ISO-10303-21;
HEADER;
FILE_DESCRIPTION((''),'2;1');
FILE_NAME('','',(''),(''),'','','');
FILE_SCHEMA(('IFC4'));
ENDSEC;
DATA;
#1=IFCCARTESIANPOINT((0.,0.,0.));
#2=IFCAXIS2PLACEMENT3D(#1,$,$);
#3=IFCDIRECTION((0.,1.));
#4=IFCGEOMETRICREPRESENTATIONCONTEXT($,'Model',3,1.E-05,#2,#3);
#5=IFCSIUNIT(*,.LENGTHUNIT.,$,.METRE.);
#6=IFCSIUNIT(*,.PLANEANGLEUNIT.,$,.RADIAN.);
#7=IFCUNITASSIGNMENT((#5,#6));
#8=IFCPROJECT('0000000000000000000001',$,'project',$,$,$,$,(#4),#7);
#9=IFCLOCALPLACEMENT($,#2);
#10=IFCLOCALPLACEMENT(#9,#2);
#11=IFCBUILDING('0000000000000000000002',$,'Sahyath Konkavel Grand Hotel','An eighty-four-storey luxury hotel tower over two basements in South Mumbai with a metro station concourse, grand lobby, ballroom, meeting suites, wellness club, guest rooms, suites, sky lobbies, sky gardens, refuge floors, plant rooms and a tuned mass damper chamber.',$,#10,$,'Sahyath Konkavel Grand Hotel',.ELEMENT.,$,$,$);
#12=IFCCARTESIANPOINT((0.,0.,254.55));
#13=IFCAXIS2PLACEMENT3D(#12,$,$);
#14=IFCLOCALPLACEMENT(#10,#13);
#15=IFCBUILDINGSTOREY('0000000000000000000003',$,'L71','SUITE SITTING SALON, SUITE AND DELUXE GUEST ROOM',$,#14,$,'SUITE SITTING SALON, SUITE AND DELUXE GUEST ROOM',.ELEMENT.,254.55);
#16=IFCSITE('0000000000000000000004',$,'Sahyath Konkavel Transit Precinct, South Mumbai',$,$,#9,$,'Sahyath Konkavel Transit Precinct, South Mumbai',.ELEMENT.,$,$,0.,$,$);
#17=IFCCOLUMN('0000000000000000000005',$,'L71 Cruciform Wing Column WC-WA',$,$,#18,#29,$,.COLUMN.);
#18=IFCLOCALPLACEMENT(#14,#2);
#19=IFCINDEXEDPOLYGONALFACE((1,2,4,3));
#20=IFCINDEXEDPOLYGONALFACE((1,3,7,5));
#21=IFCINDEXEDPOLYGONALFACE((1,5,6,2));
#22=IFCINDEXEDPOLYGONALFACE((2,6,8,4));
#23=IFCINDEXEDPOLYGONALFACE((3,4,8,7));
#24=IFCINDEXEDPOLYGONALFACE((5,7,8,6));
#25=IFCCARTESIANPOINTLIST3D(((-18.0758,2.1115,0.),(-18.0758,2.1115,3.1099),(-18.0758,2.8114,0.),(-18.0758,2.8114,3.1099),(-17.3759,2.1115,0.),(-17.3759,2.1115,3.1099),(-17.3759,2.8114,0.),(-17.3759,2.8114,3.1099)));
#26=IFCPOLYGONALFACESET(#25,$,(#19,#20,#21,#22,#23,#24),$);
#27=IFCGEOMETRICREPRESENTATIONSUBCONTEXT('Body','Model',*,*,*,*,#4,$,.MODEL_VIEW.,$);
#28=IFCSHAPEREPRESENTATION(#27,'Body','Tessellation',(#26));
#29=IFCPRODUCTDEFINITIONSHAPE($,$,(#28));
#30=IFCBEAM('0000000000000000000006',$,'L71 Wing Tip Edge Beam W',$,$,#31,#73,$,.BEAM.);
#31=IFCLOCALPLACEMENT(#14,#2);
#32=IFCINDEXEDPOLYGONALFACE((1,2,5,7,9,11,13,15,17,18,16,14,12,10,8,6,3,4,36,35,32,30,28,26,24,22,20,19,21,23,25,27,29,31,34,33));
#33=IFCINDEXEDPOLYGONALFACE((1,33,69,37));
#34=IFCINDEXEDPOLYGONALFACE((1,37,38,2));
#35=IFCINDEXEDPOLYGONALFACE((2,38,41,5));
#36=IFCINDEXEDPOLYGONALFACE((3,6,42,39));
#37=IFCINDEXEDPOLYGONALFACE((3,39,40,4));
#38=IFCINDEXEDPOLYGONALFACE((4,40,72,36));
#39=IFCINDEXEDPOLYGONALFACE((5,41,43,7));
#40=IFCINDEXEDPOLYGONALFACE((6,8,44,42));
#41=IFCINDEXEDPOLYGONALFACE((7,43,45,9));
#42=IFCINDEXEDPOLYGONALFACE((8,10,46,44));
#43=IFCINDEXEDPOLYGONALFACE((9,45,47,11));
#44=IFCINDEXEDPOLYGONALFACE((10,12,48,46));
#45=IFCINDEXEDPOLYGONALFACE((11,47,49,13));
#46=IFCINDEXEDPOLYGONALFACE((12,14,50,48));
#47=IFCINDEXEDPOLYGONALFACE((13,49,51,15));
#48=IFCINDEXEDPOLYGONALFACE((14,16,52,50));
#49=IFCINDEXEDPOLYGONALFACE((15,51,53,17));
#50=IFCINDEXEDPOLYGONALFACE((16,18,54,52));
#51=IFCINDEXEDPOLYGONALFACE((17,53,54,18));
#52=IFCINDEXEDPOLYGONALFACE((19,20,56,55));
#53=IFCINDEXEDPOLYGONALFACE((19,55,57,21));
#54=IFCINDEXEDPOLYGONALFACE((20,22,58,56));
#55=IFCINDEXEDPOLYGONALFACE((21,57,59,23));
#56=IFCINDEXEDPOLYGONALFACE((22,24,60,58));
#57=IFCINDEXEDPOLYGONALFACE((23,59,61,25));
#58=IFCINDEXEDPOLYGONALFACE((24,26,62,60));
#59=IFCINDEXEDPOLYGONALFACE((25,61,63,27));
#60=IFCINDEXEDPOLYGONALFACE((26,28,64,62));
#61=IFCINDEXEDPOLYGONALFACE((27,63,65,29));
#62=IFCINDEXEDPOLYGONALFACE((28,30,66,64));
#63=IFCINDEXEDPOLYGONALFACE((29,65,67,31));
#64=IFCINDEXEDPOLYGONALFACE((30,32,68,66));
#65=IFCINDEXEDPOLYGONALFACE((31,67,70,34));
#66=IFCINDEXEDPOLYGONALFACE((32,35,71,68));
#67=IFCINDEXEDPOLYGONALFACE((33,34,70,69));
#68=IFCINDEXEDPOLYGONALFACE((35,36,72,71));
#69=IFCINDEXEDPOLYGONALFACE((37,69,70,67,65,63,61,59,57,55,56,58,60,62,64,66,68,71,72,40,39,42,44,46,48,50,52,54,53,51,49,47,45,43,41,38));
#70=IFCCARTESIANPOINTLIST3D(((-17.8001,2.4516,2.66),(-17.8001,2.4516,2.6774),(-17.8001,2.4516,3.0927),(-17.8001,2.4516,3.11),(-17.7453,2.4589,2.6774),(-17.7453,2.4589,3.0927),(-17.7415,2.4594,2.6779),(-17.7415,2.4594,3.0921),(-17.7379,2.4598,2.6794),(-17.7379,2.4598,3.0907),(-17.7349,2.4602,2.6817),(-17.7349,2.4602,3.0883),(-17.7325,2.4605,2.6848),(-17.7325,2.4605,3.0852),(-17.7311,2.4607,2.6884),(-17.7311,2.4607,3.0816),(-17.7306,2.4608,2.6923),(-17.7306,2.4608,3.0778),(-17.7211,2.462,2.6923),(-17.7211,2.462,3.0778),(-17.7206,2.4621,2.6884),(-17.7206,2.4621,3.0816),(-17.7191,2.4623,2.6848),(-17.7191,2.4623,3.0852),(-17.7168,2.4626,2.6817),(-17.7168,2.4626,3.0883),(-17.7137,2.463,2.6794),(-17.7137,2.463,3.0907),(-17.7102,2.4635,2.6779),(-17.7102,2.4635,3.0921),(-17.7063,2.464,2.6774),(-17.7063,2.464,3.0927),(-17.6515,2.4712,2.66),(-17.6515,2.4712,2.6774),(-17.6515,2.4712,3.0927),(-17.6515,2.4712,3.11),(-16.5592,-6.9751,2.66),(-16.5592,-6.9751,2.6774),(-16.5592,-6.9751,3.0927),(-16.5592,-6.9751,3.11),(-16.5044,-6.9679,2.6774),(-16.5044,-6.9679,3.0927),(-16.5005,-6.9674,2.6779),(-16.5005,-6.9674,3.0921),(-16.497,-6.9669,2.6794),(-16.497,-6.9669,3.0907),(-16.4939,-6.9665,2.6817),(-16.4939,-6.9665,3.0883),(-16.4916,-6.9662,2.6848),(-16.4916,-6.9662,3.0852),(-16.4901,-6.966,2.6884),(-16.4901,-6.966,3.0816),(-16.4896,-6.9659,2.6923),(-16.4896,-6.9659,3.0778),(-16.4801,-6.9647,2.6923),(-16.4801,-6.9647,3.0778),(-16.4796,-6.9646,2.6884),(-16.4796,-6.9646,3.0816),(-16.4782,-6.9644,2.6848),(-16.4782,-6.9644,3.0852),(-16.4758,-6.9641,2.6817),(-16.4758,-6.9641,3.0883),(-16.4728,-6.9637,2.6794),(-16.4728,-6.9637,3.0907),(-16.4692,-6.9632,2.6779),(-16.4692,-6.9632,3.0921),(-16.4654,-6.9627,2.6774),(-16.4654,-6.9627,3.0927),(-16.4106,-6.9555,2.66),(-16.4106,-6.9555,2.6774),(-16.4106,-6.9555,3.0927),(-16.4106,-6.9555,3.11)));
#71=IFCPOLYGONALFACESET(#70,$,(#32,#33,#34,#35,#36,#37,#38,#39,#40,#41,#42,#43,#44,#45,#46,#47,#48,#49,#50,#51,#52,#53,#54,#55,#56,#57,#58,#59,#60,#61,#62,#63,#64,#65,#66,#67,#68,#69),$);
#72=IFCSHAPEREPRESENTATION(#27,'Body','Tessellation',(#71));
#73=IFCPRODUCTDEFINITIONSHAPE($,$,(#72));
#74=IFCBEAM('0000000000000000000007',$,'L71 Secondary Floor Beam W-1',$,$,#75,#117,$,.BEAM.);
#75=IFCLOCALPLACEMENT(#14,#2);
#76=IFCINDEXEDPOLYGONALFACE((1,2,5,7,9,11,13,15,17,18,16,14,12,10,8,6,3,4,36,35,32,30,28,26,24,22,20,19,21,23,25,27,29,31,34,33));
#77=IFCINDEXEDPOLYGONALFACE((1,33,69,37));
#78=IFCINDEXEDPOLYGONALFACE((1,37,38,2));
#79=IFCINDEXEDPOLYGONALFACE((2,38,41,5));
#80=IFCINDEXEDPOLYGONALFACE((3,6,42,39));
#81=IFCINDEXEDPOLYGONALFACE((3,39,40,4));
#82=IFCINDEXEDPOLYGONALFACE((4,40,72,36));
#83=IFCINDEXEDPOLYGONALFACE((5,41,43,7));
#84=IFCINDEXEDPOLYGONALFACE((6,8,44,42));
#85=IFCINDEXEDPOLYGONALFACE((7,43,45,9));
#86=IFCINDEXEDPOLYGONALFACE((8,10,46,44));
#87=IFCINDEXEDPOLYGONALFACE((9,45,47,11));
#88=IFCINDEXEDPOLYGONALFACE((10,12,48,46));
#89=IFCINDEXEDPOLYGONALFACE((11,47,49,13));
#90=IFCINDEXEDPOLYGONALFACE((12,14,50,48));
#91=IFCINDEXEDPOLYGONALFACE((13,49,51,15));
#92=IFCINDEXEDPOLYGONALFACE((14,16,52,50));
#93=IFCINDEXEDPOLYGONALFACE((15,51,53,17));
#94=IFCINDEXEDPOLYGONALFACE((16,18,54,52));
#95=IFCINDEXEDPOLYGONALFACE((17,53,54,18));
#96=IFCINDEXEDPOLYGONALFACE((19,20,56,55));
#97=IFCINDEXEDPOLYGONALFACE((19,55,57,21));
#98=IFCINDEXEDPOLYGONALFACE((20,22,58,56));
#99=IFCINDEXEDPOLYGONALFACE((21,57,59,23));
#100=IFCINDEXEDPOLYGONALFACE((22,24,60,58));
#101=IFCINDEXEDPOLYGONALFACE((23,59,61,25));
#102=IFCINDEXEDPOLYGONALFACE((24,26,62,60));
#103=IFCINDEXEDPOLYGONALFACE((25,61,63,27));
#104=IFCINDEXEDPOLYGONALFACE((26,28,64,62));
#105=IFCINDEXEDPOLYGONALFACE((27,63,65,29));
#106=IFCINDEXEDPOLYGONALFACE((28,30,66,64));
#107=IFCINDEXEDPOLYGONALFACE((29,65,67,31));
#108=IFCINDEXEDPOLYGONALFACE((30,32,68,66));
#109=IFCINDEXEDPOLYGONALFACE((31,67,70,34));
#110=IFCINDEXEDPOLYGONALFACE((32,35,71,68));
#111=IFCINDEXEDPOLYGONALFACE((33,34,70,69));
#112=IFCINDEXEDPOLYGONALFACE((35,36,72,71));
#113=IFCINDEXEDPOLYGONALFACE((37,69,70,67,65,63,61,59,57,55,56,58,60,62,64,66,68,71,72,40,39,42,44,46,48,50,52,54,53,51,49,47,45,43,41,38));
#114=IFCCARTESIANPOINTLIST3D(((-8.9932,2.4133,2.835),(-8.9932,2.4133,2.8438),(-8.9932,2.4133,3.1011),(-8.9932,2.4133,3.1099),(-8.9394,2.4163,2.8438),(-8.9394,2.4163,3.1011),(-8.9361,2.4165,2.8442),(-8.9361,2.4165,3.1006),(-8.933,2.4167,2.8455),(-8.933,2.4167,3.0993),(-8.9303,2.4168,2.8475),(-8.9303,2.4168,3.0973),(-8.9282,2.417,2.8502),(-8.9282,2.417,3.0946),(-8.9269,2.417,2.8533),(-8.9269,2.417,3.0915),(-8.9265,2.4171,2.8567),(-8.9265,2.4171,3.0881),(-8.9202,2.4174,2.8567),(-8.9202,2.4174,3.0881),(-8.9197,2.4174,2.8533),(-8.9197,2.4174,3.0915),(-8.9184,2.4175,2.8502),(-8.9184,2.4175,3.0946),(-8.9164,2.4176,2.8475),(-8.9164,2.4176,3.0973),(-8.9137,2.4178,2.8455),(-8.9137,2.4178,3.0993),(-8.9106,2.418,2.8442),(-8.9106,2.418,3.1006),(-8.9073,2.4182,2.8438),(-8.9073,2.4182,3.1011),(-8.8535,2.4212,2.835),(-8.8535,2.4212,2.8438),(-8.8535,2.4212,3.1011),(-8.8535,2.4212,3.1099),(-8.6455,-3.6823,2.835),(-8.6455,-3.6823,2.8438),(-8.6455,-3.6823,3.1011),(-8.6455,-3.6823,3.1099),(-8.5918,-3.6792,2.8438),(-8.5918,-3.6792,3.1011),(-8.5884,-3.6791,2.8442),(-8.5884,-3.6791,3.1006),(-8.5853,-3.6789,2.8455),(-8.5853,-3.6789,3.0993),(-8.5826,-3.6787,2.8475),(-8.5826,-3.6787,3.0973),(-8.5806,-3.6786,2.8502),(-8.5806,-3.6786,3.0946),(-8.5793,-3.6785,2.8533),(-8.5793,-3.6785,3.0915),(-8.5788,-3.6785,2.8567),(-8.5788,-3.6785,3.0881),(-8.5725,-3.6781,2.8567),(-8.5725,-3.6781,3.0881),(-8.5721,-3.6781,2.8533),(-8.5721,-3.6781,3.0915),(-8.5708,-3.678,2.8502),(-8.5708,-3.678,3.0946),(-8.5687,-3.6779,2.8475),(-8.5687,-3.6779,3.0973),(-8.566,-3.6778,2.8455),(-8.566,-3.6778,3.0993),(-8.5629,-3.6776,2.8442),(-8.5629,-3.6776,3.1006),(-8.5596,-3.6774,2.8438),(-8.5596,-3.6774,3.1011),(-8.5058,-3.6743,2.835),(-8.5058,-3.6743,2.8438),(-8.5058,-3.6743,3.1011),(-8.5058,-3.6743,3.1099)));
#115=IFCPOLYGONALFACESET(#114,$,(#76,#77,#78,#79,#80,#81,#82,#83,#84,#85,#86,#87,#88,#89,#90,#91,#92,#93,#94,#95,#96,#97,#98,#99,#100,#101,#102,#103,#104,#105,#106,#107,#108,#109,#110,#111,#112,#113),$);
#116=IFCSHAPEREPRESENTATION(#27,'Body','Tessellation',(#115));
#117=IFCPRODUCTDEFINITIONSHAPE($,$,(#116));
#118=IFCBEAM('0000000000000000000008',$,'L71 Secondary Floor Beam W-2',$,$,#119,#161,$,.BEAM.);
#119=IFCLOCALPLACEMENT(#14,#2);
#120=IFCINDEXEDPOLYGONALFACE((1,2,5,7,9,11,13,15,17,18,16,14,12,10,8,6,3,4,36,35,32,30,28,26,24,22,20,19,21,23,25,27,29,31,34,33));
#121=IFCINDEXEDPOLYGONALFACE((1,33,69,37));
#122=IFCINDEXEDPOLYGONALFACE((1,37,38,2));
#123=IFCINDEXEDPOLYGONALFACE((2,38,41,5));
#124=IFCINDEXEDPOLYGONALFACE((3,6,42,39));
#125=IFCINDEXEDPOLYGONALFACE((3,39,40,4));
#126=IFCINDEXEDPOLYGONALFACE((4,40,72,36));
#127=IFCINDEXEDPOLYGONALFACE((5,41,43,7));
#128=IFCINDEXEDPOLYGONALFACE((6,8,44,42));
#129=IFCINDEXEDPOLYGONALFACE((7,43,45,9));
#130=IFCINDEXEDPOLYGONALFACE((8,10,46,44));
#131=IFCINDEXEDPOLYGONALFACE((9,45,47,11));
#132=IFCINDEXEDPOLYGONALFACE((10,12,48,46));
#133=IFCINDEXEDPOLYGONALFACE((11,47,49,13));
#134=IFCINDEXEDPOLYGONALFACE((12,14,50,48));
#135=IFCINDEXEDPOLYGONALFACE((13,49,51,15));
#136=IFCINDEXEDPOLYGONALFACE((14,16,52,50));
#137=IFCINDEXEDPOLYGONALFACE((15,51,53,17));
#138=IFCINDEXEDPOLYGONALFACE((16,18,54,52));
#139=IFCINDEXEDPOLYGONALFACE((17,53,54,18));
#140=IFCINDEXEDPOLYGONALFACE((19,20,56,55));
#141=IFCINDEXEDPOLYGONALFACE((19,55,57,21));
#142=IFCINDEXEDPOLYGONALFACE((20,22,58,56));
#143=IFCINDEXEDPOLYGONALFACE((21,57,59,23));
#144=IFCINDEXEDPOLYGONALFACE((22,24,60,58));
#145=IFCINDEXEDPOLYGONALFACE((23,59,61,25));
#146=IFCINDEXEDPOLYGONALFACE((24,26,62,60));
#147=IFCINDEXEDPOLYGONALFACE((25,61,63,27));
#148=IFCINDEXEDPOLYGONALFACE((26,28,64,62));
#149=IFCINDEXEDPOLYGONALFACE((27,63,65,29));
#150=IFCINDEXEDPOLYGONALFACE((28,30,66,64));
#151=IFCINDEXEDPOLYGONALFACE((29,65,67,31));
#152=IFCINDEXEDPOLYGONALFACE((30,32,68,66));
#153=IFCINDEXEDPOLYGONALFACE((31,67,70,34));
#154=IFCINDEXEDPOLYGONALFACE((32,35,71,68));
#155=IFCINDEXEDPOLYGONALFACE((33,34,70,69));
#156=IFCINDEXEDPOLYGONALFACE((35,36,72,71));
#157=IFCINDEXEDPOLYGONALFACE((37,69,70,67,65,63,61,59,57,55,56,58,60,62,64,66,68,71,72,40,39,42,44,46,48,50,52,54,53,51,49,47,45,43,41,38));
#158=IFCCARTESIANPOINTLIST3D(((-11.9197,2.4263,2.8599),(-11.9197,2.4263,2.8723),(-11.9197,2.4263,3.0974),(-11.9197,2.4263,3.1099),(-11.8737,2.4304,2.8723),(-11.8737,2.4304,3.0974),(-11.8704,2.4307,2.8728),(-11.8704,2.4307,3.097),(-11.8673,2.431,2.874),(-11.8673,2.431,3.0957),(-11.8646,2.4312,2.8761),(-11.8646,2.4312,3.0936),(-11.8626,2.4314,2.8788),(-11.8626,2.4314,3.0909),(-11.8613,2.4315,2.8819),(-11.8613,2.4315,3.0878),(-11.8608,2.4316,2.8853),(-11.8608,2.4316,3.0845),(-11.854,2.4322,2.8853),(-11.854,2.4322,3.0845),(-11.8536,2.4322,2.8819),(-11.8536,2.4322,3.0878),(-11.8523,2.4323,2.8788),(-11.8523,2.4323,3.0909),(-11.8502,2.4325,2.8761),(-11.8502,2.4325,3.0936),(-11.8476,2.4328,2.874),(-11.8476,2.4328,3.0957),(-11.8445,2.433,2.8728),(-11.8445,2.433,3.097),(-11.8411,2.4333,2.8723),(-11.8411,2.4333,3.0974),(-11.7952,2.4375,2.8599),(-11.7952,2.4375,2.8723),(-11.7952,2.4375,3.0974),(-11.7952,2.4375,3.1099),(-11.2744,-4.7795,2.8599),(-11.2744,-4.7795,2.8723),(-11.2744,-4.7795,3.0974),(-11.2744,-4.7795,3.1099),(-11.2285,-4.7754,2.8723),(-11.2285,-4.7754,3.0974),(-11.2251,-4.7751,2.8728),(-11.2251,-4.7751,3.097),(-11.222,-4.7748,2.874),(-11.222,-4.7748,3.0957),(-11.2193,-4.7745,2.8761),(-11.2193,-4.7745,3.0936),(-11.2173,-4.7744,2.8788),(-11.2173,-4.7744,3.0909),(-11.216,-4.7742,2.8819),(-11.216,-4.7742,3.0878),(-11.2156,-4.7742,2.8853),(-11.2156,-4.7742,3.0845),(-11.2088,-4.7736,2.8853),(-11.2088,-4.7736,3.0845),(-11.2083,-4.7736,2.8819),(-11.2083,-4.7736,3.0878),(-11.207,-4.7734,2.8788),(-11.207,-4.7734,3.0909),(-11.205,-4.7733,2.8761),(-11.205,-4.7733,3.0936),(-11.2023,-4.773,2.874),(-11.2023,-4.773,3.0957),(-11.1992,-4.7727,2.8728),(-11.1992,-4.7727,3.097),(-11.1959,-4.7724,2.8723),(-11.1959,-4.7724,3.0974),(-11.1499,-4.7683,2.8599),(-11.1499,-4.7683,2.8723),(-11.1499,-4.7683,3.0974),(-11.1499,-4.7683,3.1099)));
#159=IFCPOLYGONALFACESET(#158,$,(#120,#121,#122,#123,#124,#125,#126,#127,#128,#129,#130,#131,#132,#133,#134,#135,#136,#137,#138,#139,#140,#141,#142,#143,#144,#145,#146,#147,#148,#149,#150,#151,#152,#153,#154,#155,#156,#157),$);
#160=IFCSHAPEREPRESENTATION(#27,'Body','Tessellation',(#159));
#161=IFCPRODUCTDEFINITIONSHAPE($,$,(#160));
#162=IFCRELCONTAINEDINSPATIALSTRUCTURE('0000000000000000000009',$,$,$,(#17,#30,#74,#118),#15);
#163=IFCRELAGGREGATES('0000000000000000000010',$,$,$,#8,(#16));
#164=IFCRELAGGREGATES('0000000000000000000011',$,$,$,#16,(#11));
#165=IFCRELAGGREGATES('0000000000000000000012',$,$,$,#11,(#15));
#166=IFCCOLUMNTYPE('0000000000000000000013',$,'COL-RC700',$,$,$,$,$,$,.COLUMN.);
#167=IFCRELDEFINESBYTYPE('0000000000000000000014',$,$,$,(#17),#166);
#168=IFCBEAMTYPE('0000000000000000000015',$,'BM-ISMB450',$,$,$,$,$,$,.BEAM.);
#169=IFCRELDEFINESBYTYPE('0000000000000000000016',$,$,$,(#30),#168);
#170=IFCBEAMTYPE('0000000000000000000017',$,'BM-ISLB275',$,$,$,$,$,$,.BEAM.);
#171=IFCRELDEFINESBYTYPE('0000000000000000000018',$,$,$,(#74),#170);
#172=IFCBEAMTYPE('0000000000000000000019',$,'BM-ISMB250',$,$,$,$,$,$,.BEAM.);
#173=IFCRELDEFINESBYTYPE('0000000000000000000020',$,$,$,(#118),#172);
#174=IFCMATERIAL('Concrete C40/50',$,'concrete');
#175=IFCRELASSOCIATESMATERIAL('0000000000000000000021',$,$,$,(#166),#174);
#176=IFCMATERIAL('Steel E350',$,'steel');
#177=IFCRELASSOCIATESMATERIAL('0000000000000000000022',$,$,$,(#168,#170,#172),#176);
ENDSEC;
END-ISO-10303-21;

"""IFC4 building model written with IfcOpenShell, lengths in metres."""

from ifc_helpers import new_model, si_unit, direction, frame, origin, origin_2d, place, context, subcontext, project, spatial, rectangle, i_section, extrude, source, transform, mapped, material, material_profile, profile_set, type_object, element, save


model = new_model("IFC4")

# Units and contexts
model_context = context("Model", 3, precision=1e-05, world=origin(), true_north=direction((0.0, 1.0)))
body_context = subcontext(model_context, "Body", "Model", "MODEL_VIEW")
ifc_project = project(units=[si_unit("LENGTHUNIT", "METRE"), si_unit("PLANEANGLEUNIT", "RADIAN")], contexts=[model_context])

# Site, building, storey
site_placement = place(None, origin())
site = spatial("IfcSite", under=ifc_project, at=site_placement, Name="Sahyath Konkavel Transit Precinct, South Mumbai", LongName="Sahyath Konkavel Transit Precinct, South Mumbai", CompositionType="ELEMENT", RefElevation=0.0)
building_placement = place(site_placement, origin())
building = spatial("IfcBuilding", under=site, at=building_placement, Name="Sahyath Konkavel Grand Hotel", Description="An eighty-four-storey luxury hotel tower over two basements in South Mumbai with a metro station concourse, grand lobby, ballroom, meeting suites, wellness club, guest rooms, suites, sky lobbies, sky gardens, refuge floors, plant rooms and a tuned mass damper chamber.", LongName="Sahyath Konkavel Grand Hotel", CompositionType="ELEMENT")
storey_placement = place(building_placement, frame((0.0, 0.0, 254.55)))
storey = spatial("IfcBuildingStorey", under=building, at=storey_placement, Name="L71", Description="SUITE SITTING SALON, SUITE AND DELUXE GUEST ROOM", LongName="SUITE SITTING SALON, SUITE AND DELUXE GUEST ROOM", CompositionType="ELEMENT", Elevation=254.55)

# Column
ifc_material_1 = material(Name="Concrete C40/50", Category="concrete")
ifc_material_profile_1 = material_profile(ifc_material_1, rectangle(XDim=0.7, YDim=0.7, at=origin_2d()), Name="RC 700x700")
ifc_profile_set_1 = profile_set([ifc_material_profile_1], Name="Concrete C40/50")
column_type = type_object("IfcColumnType", Name="COL-RC700", PredefinedType="COLUMN", material=ifc_profile_set_1)
shared_shape_1 = source(origin(), body_context, "Body", "SweptSolid", [
    extrude(rectangle(XDim=0.7, YDim=0.7, at=origin_2d()), origin(), (0.0, 0.0, 1.0), 3.1099),
])
column_placement = place(storey_placement, frame((-17.7258, 2.4614, 0.0), z_axis=(0.0, 0.0, 1.0), x_axis=(1.0, 0.0, 0.0)))
element("IfcColumn", 1, at=column_placement, inside=storey, type_object=column_type, Name="L71 Cruciform Wing Column WC-WA", PredefinedType="COLUMN", context=body_context, shape_type="MappedRepresentation", body=[
    mapped(shared_shape_1, transform((0.0, 0.0, 0.0), scale=1.0)),
])

# Beams
ifc_material_2 = material(Name="Steel E350", Category="steel")
ifc_material_profile_2 = material_profile(ifc_material_2, i_section(OverallWidth=0.1499, OverallDepth=0.45, WebThickness=0.0095, FlangeThickness=0.0173, FilletRadius=0.0149, at=origin_2d()), Name="ISMB 450")
ifc_profile_set_2 = profile_set([ifc_material_profile_2], Name="Steel E350")
beam_type_1 = type_object("IfcBeamType", Name="BM-ISMB450", PredefinedType="BEAM", material=ifc_profile_set_2)
shared_shape_2 = source(origin(), body_context, "Body", "SweptSolid", [
    extrude(i_section(OverallWidth=0.1499, OverallDepth=0.45, WebThickness=0.0095, FlangeThickness=0.0173, FilletRadius=0.0149, at=origin_2d()), origin(), (0.0, 0.0, 1.0), 9.5081),
])
beam_1_placement = place(storey_placement, frame((-17.7258, 2.4614, 2.885), z_axis=(0.130517, -0.991446, 0.0), x_axis=(0.991446, 0.130517, 0.0)))
element("IfcBeam", 2, at=beam_1_placement, inside=storey, type_object=beam_type_1, Name="L71 Wing Tip Edge Beam W", PredefinedType="BEAM", context=body_context, shape_type="MappedRepresentation", body=[
    mapped(shared_shape_2, transform((0.0, 0.0, 0.0), scale=1.0)),
])
ifc_material_profile_3 = material_profile(ifc_material_2, i_section(OverallWidth=0.1399, OverallDepth=0.2749, WebThickness=0.0063, FlangeThickness=0.0088, FilletRadius=0.0129, at=origin_2d()), Name="ISLB 275")
ifc_profile_set_3 = profile_set([ifc_material_profile_3], Name="Steel E350")
beam_type_2 = type_object("IfcBeamType", Name="BM-ISLB275", PredefinedType="BEAM", material=ifc_profile_set_3)
shared_shape_3 = source(origin(), body_context, "Body", "SweptSolid", [
    extrude(i_section(OverallWidth=0.1399, OverallDepth=0.2749, WebThickness=0.0063, FlangeThickness=0.0088, FilletRadius=0.0129, at=origin_2d()), origin(), (0.0, 0.0, 1.0), 6.1055),
])
beam_2_placement = place(storey_placement, frame((-8.9233, 2.4172, 2.9724), z_axis=(0.056943, -0.998377, 0.0), x_axis=(0.998377, 0.056943, 0.0)))
element("IfcBeam", 3, at=beam_2_placement, inside=storey, type_object=beam_type_2, Name="L71 Secondary Floor Beam W-1", PredefinedType="BEAM", context=body_context, shape_type="MappedRepresentation", body=[
    mapped(shared_shape_3, transform((0.0, 0.0, 0.0), scale=1.0)),
])
ifc_material_profile_4 = material_profile(ifc_material_2, i_section(OverallWidth=0.125, OverallDepth=0.25, WebThickness=0.0068, FlangeThickness=0.0125, FilletRadius=0.0129, at=origin_2d()), Name="ISMB 250")
ifc_profile_set_4 = profile_set([ifc_material_profile_4], Name="Steel E350")
beam_type_3 = type_object("IfcBeamType", Name="BM-ISMB250", PredefinedType="BEAM", material=ifc_profile_set_4)
shared_shape_4 = source(origin(), body_context, "Body", "SweptSolid", [
    extrude(i_section(OverallWidth=0.125, OverallDepth=0.25, WebThickness=0.0068, FlangeThickness=0.0125, FilletRadius=0.0129, at=origin_2d()), origin(), (0.0, 0.0, 1.0), 7.2346),
])
beam_3_placement = place(storey_placement, frame((-11.8574, 2.4319, 2.9849), z_axis=(0.089191, -0.996015, 0.0), x_axis=(0.996015, 0.089191, 0.0)))
element("IfcBeam", 4, at=beam_3_placement, inside=storey, type_object=beam_type_3, Name="L71 Secondary Floor Beam W-2", PredefinedType="BEAM", context=body_context, shape_type="MappedRepresentation", body=[
    mapped(shared_shape_4, transform((0.0, 0.0, 0.0), scale=1.0)),
])

save(model, "model.ifc")
